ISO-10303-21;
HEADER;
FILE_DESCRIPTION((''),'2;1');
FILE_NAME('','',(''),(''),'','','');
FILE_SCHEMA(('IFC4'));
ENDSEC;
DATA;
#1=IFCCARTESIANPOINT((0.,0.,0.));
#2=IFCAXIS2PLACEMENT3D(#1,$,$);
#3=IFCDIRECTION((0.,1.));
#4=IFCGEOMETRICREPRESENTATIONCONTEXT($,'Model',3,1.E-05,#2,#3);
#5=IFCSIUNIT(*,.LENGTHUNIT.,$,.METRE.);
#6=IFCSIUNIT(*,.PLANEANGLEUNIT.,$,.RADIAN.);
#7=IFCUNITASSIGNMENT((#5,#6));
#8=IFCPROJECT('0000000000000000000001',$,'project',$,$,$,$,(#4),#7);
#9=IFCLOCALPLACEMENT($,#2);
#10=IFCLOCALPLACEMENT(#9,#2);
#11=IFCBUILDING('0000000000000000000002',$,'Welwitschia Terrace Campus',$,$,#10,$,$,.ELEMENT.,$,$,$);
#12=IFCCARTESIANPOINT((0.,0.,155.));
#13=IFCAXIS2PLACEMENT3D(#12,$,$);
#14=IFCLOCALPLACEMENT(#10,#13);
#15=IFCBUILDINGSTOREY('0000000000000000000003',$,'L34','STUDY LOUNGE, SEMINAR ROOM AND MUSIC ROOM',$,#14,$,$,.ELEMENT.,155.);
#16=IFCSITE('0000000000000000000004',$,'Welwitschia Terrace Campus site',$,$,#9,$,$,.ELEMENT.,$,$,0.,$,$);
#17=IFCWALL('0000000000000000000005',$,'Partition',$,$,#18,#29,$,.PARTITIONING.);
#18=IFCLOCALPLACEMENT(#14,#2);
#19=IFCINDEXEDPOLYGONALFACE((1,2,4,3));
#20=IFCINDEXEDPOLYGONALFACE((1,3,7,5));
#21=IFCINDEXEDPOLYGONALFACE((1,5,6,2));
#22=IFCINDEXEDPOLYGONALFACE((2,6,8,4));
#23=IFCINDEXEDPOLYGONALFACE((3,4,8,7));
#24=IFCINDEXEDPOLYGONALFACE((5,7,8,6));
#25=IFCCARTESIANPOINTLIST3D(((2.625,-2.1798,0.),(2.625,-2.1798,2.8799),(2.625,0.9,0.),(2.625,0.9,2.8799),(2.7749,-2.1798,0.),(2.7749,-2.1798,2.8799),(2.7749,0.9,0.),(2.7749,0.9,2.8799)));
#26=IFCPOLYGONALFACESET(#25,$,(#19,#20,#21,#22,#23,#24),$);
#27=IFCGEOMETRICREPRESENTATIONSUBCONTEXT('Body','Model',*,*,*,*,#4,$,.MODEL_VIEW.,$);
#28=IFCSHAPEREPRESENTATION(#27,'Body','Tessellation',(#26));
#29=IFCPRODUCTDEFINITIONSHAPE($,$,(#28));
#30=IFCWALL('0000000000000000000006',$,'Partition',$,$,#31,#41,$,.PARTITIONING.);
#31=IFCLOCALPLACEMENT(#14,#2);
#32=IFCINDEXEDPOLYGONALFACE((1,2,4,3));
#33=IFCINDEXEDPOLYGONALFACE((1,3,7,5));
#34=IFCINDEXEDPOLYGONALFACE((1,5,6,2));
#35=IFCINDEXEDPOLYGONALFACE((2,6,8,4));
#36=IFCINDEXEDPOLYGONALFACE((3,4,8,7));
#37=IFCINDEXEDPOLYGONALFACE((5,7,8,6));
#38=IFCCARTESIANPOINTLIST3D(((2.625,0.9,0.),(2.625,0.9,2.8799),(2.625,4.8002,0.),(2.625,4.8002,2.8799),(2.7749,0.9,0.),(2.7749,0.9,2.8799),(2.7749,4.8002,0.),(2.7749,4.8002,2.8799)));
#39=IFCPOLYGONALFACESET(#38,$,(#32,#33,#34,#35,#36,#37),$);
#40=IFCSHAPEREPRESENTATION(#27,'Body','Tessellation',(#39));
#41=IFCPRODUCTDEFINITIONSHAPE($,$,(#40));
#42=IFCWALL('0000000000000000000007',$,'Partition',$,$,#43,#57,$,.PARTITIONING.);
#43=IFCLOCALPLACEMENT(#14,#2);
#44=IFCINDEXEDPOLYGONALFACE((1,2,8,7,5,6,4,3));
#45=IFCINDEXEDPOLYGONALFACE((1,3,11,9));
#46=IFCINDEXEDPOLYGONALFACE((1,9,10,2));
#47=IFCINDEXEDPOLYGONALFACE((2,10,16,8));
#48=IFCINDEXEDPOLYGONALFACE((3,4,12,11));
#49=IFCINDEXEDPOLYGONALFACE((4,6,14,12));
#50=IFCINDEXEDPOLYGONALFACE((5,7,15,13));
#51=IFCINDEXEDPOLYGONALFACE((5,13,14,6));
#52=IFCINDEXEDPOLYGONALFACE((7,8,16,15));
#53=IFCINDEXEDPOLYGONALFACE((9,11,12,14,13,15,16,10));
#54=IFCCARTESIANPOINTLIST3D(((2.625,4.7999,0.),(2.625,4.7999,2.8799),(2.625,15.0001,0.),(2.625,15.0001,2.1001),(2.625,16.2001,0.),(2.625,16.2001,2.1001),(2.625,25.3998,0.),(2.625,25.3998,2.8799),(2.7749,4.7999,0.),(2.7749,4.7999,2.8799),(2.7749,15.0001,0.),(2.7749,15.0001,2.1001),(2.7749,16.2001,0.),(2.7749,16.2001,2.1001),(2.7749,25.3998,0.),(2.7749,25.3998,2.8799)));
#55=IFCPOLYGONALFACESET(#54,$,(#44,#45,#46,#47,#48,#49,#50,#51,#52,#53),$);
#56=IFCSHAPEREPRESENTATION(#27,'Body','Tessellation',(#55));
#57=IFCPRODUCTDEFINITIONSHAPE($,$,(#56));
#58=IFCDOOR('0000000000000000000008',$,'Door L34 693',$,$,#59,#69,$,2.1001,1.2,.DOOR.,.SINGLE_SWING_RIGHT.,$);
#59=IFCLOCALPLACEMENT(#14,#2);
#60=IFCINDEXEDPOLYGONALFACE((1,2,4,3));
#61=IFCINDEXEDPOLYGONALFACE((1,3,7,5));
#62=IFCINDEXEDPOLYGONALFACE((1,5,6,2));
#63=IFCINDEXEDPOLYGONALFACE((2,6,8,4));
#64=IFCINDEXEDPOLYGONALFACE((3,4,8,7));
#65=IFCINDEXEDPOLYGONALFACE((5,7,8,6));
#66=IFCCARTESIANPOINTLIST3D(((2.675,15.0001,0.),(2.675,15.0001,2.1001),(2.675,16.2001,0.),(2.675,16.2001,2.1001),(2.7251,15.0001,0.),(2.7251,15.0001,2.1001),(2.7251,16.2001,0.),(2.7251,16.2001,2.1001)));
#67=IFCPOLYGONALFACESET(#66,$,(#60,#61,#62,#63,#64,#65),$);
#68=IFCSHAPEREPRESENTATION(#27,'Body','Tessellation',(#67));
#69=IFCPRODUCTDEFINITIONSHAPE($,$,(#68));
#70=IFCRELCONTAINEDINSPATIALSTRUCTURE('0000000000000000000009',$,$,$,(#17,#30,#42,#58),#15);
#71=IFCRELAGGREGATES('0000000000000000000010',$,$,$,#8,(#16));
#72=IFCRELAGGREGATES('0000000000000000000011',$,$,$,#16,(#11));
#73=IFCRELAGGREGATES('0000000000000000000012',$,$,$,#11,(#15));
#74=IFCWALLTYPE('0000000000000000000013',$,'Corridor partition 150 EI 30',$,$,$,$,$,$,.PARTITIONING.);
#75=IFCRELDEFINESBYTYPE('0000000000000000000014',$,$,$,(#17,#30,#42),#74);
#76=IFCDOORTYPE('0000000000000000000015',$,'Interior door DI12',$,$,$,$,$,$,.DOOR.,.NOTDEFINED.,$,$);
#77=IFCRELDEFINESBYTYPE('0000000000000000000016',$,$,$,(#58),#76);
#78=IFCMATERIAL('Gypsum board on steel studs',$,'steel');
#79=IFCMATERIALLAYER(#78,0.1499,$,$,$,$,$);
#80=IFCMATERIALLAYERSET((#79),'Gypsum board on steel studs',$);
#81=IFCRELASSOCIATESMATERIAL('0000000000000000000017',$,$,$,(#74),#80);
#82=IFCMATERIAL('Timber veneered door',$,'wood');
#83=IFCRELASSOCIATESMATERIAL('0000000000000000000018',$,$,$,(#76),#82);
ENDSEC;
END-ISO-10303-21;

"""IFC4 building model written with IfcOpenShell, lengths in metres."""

from ifc_helpers import new_model, si_unit, direction, frame, frame_2d, origin, place, context, subcontext, project, spatial, rectangle, extrude, material, layer, layer_set, type_object, element, fill, save


model = new_model("IFC4")

# Units and contexts
model_context = context("Model", 3, precision=1e-05, world=origin(), true_north=direction((0.0, 1.0)))
body_context = subcontext(model_context, "Body", "Model", "MODEL_VIEW")
ifc_project = project(units=[si_unit("LENGTHUNIT", "METRE"), si_unit("PLANEANGLEUNIT", "RADIAN")], contexts=[model_context])

# Site, building, storey
site_placement = place(None, origin())
site = spatial("IfcSite", under=ifc_project, at=site_placement, Name="Welwitschia Terrace Campus site", CompositionType="ELEMENT", RefElevation=0.0)
building_placement = place(site_placement, origin())
building = spatial("IfcBuilding", under=site, at=building_placement, Name="Welwitschia Terrace Campus", CompositionType="ELEMENT")
storey_placement = place(building_placement, frame((0.0, 0.0, 155.0)))
storey = spatial("IfcBuildingStorey", under=building, at=storey_placement, Name="L34", Description="STUDY LOUNGE, SEMINAR ROOM AND MUSIC ROOM", CompositionType="ELEMENT", Elevation=155.0)

# Walls
ifc_material_1 = material(Name="Gypsum board on steel studs", Category="steel")
ifc_layer_1 = layer(ifc_material_1, 0.1499)
ifc_layer_set_1 = layer_set([ifc_layer_1], Name="Gypsum board on steel studs")
wall_type = type_object("IfcWallType", Name="Corridor partition 150 EI 30", PredefinedType="PARTITIONING", material=ifc_layer_set_1)
wall_1_placement = place(storey_placement, frame((2.7, -2.1799, 0.0), z_axis=(0.0, 0.0, 1.0), x_axis=(0.0, 1.0, 0.0)))
element("IfcWall", 1, at=wall_1_placement, inside=storey, type_object=wall_type, Name="Partition", PredefinedType="PARTITIONING", context=body_context, shape_type="SweptSolid", body=[
    extrude(rectangle(XDim=3.0798, YDim=0.1499, at=frame_2d((1.54, 0.0))), origin(), (0.0, 0.0, 1.0), 2.8799),
])
wall_2_placement = place(storey_placement, frame((2.7, 0.8999, 0.0), z_axis=(0.0, 0.0, 1.0), x_axis=(0.0, 1.0, 0.0)))
element("IfcWall", 2, at=wall_2_placement, inside=storey, type_object=wall_type, Name="Partition", PredefinedType="PARTITIONING", context=body_context, shape_type="SweptSolid", body=[
    extrude(rectangle(XDim=3.9001, YDim=0.1499, at=frame_2d((1.9502, 0.0))), origin(), (0.0, 0.0, 1.0), 2.8799),
])

# Wall, opening, door
wall_3_placement = place(storey_placement, frame((2.7, 4.8, 0.0), z_axis=(0.0, 0.0, 1.0), x_axis=(0.0, 1.0, 0.0)))
wall_3 = element("IfcWall", 3, at=wall_3_placement, inside=storey, type_object=wall_type, Name="Partition", PredefinedType="PARTITIONING", context=body_context, shape_type="SweptSolid", body=[
    extrude(rectangle(XDim=20.5999, YDim=0.1499, at=frame_2d((10.2998, 0.0))), origin(), (0.0, 0.0, 1.0), 2.8799),
])
opening_placement = place(wall_3_placement, frame((10.2, 0.0, 0.0)))
opening = element("IfcOpeningElement", 4, at=opening_placement, cuts=wall_3, PredefinedType="OPENING", context=body_context, shape_type="SweptSolid", body=[
    extrude(rectangle(XDim=1.2, YDim=2.1001, at=frame_2d((0.6001, 1.05))), frame((0.0, 0.085, 0.0), z_axis=(0.0, -1.0, 0.0), x_axis=(1.0, 0.0, 0.0)), (0.0, 0.0, 1.0), 0.1699),
])
ifc_material_2 = material(Name="Timber veneered door", Category="wood")
door_type = type_object("IfcDoorType", Name="Interior door DI12", OperationType="NOTDEFINED", PredefinedType="DOOR", material=ifc_material_2)
door_placement = place(opening_placement, origin())
door = element("IfcDoor", 5, at=door_placement, inside=storey, type_object=door_type, Name="Door L34 693", OperationType="SINGLE_SWING_RIGHT", OverallHeight=2.1001, OverallWidth=1.2, PredefinedType="DOOR", context=body_context, shape_type="SweptSolid", body=[
    extrude(rectangle(XDim=1.2, YDim=2.1001, at=frame_2d((0.6001, 1.05))), frame((0.0, 0.0249, 0.0), z_axis=(0.0, -1.0, 0.0), x_axis=(1.0, 0.0, 0.0)), (0.0, 0.0, 1.0), 0.05),
])
fill(opening, door)

save(model, "model.ifc")
